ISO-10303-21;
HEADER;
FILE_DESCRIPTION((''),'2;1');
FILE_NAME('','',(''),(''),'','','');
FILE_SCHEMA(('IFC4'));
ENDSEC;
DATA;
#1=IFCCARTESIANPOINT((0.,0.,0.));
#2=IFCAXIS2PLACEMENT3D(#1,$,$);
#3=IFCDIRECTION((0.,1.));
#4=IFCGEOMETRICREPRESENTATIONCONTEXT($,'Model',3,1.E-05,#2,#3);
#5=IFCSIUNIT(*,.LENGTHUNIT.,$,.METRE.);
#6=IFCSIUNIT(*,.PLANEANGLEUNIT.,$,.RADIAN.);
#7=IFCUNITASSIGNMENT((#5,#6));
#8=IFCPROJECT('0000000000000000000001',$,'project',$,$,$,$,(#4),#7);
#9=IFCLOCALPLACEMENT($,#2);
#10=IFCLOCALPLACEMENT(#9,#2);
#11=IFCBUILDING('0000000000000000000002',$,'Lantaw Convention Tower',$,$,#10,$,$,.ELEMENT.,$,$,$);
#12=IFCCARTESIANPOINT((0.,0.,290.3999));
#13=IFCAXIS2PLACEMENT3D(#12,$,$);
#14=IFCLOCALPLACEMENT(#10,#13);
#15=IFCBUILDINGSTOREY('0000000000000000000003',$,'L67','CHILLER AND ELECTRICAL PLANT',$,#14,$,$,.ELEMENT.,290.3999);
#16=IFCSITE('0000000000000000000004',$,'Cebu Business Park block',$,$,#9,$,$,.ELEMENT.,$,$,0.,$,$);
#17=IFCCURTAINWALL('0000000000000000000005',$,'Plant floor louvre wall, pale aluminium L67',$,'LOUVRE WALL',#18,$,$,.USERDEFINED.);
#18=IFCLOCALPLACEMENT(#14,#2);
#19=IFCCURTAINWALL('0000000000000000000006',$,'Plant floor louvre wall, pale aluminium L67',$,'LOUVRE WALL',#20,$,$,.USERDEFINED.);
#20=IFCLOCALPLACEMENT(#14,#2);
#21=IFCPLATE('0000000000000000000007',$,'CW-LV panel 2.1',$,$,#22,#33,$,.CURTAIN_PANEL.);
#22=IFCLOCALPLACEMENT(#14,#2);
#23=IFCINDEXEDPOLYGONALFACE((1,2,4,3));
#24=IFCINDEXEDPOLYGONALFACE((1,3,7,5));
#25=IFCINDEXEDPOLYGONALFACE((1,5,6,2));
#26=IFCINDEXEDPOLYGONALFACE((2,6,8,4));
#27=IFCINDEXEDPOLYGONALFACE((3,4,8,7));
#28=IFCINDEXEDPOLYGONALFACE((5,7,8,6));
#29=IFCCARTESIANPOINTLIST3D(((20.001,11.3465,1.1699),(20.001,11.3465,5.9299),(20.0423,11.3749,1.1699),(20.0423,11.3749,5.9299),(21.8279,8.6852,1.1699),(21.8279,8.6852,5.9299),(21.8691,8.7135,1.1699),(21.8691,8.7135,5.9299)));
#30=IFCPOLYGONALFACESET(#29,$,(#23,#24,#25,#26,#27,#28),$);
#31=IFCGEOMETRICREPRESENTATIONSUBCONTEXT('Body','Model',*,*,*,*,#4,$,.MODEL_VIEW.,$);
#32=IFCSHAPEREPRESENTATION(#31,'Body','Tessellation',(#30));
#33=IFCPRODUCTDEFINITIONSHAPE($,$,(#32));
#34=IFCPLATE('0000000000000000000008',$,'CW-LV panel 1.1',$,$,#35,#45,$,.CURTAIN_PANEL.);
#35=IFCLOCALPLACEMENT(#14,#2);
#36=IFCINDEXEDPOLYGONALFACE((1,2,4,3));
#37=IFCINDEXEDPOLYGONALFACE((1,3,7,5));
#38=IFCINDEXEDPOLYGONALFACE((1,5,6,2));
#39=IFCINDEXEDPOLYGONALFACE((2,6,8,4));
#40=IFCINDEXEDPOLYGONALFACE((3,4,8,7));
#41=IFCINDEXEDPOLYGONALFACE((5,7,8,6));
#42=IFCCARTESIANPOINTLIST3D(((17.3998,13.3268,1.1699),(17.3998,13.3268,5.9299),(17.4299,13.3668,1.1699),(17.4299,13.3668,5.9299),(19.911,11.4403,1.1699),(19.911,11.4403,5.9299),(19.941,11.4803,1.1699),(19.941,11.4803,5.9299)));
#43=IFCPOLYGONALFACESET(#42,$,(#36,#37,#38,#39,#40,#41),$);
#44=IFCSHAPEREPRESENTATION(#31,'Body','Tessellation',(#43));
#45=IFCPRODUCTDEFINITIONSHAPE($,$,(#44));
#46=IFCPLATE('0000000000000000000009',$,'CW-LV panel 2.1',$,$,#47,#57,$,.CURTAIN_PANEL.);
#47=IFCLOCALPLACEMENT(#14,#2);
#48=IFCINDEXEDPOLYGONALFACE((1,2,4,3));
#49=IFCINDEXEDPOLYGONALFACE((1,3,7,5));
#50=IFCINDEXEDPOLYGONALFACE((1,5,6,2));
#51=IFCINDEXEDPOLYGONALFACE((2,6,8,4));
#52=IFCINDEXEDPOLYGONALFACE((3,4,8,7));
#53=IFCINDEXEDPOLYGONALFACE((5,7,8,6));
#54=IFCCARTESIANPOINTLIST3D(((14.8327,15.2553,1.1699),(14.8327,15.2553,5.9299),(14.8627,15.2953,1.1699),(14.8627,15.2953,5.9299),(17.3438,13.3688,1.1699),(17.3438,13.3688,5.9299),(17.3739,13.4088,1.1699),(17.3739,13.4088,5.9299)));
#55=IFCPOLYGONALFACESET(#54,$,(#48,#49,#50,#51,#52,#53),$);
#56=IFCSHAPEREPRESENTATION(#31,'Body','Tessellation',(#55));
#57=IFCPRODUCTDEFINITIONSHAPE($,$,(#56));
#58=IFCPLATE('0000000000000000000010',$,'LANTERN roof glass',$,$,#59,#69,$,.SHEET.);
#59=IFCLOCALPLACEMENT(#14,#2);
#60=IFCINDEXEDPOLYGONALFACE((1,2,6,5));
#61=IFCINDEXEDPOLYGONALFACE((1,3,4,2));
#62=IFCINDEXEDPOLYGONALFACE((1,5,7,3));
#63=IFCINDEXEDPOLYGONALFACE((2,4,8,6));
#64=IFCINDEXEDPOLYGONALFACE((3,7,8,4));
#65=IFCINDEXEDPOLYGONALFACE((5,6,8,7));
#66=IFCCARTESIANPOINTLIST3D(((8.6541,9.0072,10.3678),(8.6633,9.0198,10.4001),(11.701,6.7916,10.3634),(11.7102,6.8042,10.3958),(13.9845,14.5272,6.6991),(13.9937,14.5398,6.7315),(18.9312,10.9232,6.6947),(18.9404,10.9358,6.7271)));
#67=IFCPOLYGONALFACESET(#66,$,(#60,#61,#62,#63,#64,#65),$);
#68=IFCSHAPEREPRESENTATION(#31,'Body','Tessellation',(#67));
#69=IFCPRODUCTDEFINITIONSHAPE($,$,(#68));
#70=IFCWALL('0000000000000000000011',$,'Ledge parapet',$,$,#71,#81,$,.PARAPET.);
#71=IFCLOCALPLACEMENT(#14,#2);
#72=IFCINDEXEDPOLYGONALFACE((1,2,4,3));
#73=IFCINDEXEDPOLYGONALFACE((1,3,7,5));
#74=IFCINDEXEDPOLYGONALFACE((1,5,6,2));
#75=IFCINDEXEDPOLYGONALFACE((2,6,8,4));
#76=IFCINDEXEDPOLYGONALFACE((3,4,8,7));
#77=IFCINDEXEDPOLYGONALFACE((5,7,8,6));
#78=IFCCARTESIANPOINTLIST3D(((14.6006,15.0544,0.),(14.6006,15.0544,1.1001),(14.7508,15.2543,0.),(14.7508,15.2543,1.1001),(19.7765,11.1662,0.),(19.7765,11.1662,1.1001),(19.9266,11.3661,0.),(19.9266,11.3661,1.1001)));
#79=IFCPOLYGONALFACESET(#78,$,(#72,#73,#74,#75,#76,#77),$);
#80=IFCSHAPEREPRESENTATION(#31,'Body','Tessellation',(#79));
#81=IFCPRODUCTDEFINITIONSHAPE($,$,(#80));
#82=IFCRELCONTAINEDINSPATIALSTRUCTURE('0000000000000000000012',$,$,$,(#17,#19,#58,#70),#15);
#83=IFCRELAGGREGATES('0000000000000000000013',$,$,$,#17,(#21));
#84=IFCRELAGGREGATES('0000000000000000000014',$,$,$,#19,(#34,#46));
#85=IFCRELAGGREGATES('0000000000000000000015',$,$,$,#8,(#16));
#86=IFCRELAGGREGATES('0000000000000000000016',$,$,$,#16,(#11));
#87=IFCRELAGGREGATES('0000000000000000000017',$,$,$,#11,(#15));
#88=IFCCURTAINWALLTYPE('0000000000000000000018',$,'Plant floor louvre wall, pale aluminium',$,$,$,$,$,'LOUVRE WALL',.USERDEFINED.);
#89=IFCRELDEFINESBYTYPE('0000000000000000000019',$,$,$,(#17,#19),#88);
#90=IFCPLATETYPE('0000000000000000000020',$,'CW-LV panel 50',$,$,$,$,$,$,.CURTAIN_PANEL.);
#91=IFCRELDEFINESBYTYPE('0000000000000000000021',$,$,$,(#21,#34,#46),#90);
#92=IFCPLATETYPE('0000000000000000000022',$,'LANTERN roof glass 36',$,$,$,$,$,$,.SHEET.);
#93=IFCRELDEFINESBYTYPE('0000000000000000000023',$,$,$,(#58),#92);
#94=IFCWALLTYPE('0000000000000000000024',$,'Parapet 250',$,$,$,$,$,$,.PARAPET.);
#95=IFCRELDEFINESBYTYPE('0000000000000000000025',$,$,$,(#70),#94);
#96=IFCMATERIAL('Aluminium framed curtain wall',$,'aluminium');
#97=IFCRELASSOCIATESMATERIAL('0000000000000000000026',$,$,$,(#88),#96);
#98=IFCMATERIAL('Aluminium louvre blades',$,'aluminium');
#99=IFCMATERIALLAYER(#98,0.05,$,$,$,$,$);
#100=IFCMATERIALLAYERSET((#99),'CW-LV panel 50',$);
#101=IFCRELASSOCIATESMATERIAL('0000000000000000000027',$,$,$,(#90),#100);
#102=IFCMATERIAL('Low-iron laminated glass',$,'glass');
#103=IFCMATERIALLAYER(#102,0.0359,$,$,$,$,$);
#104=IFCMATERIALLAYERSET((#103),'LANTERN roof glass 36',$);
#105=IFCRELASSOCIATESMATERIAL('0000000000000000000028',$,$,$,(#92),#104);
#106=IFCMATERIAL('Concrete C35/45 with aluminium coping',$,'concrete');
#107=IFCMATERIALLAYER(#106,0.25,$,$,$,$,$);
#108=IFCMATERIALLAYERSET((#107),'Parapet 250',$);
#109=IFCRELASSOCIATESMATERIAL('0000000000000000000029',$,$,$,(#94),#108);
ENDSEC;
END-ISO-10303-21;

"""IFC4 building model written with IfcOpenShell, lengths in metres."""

from ifc_helpers import new_model, si_unit, direction, frame, frame_2d, origin, origin_2d, place, context, subcontext, project, spatial, polyline, rectangle, outline, extrude, material, layer, layer_set, type_object, element, aggregate, save


model = new_model("IFC4")

# Units and contexts
model_context = context("Model", 3, precision=1e-05, world=origin(), true_north=direction((0.0, 1.0)))
body_context = subcontext(model_context, "Body", "Model", "MODEL_VIEW")
ifc_project = project(units=[si_unit("LENGTHUNIT", "METRE"), si_unit("PLANEANGLEUNIT", "RADIAN")], contexts=[model_context])

# Site, building, storey
site_placement = place(None, origin())
site = spatial("IfcSite", under=ifc_project, at=site_placement, Name="Cebu Business Park block", CompositionType="ELEMENT", RefElevation=0.0)
building_placement = place(site_placement, origin())
building = spatial("IfcBuilding", under=site, at=building_placement, Name="Lantaw Convention Tower", CompositionType="ELEMENT")
storey_placement = place(building_placement, frame((0.0, 0.0, 290.3999)))
storey = spatial("IfcBuildingStorey", under=building, at=storey_placement, Name="L67", Description="CHILLER AND ELECTRICAL PLANT", CompositionType="ELEMENT", Elevation=290.3999)

# Shared definitions
ifc_material_1 = material(Name="Aluminium framed curtain wall", Category="aluminium")

# Curtain wall
curtain_wall_type_1 = type_object("IfcCurtainWallType", Name="Plant floor louvre wall, pale aluminium", ElementType="LOUVRE WALL", PredefinedType="USERDEFINED", material=ifc_material_1)
curtain_wall_1_placement = place(storey_placement, origin())
curtain_wall_1 = element("IfcCurtainWall", 1, at=curtain_wall_1_placement, inside=storey, type_object=curtain_wall_type_1, Name="Plant floor louvre wall, pale aluminium L67", ObjectType="LOUVRE WALL", PredefinedType="USERDEFINED")

# Curtain wall
curtain_wall_2_placement = place(storey_placement, origin())
curtain_wall_2 = element("IfcCurtainWall", 2, at=curtain_wall_2_placement, inside=storey, type_object=curtain_wall_type_1, Name="Plant floor louvre wall, pale aluminium L67", ObjectType="LOUVRE WALL", PredefinedType="USERDEFINED")

# Plates
ifc_material_2 = material(Name="Low-iron laminated glass", Category="glass")
ifc_material_3 = material(Name="Aluminium louvre blades", Category="aluminium")
ifc_layer_1 = layer(ifc_material_3, 0.05)
ifc_layer_set_1 = layer_set([ifc_layer_1], Name="CW-LV panel 50")
plate_type_1 = type_object("IfcPlateType", Name="CW-LV panel 50", PredefinedType="CURTAIN_PANEL", material=ifc_layer_set_1)
plate_1_placement = place(storey_placement, frame((20.9351, 10.03, 1.1699), z_axis=(0.0, 0.0, 1.0), x_axis=(-0.565935, 0.82445, 0.0)))
plate_1 = element("IfcPlate", 3, at=plate_1_placement, type_object=plate_type_1, Name="CW-LV panel 2.1", PredefinedType="CURTAIN_PANEL", context=body_context, shape_type="SweptSolid", body=[
    extrude(rectangle(XDim=3.228, YDim=0.05, at=origin_2d()), origin(), (0.0, 0.0, 1.0), 4.76),
])
aggregate(curtain_wall_1, [plate_1])
plate_2_placement = place(storey_placement, frame((18.6704, 12.4036, 1.1699), z_axis=(0.0, 0.0, 1.0), x_axis=(-0.799518, 0.600643, 0.0)))
plate_2 = element("IfcPlate", 4, at=plate_2_placement, type_object=plate_type_1, Name="CW-LV panel 1.1", PredefinedType="CURTAIN_PANEL", context=body_context, shape_type="SweptSolid", body=[
    extrude(rectangle(XDim=3.1409, YDim=0.05, at=origin_2d()), origin(), (0.0, 0.0, 1.0), 4.76),
])
plate_3_placement = place(storey_placement, frame((16.1033, 14.332, 1.1699), z_axis=(0.0, 0.0, 1.0), x_axis=(-0.799518, 0.600643, 0.0)))
plate_3 = element("IfcPlate", 5, at=plate_3_placement, type_object=plate_type_1, Name="CW-LV panel 2.1", PredefinedType="CURTAIN_PANEL", context=body_context, shape_type="SweptSolid", body=[
    extrude(rectangle(XDim=3.1409, YDim=0.05, at=origin_2d()), origin(), (0.0, 0.0, 1.0), 4.76),
])
aggregate(curtain_wall_2, [plate_2, plate_3])
ifc_layer_2 = layer(ifc_material_2, 0.0359)
ifc_layer_set_2 = layer_set([ifc_layer_2], Name="LANTERN roof glass 36")
plate_type_2 = type_object("IfcPlateType", Name="LANTERN roof glass 36", PredefinedType="SHEET", material=ifc_layer_set_2)
plate_4_placement = place(storey_placement, frame((18.9404, 10.9358, 6.7271), z_axis=(0.25646, 0.350908, 0.900606), x_axis=(-0.808241, 0.588851, 0.000721)))
element("IfcPlate", 6, at=plate_4_placement, inside=storey, type_object=plate_type_2, Name="LANTERN roof glass", PredefinedType="SHEET", context=body_context, shape_type="SweptSolid", body=[
    extrude(outline(polyline([(0.0, 0.0), (6.1204, 0.0), (7.1808, 8.4391), (3.4135, 8.4353), (0.0, 0.0)])), origin(), (0.0, 0.0, -1.0), 0.0359),
])

# Wall
ifc_material_4 = material(Name="Concrete C35/45 with aluminium coping", Category="concrete")
ifc_layer_3 = layer(ifc_material_4, 0.25)
ifc_layer_set_3 = layer_set([ifc_layer_3], Name="Parapet 250")
wall_type = type_object("IfcWallType", Name="Parapet 250", PredefinedType="PARAPET", material=ifc_layer_set_3)
wall_placement = place(storey_placement, frame((19.8516, 11.2661, 0.0), z_axis=(0.0, 0.0, 1.0), x_axis=(-0.799529, 0.600627, 0.0)))
element("IfcWall", 7, at=wall_placement, inside=storey, type_object=wall_type, Name="Ledge parapet", PredefinedType="PARAPET", context=body_context, shape_type="SweptSolid", body=[
    extrude(rectangle(XDim=6.4736, YDim=0.25, at=frame_2d((3.2368, 0.0))), origin(), (0.0, 0.0, 1.0), 1.1001),
])

save(model, "model.ifc")
